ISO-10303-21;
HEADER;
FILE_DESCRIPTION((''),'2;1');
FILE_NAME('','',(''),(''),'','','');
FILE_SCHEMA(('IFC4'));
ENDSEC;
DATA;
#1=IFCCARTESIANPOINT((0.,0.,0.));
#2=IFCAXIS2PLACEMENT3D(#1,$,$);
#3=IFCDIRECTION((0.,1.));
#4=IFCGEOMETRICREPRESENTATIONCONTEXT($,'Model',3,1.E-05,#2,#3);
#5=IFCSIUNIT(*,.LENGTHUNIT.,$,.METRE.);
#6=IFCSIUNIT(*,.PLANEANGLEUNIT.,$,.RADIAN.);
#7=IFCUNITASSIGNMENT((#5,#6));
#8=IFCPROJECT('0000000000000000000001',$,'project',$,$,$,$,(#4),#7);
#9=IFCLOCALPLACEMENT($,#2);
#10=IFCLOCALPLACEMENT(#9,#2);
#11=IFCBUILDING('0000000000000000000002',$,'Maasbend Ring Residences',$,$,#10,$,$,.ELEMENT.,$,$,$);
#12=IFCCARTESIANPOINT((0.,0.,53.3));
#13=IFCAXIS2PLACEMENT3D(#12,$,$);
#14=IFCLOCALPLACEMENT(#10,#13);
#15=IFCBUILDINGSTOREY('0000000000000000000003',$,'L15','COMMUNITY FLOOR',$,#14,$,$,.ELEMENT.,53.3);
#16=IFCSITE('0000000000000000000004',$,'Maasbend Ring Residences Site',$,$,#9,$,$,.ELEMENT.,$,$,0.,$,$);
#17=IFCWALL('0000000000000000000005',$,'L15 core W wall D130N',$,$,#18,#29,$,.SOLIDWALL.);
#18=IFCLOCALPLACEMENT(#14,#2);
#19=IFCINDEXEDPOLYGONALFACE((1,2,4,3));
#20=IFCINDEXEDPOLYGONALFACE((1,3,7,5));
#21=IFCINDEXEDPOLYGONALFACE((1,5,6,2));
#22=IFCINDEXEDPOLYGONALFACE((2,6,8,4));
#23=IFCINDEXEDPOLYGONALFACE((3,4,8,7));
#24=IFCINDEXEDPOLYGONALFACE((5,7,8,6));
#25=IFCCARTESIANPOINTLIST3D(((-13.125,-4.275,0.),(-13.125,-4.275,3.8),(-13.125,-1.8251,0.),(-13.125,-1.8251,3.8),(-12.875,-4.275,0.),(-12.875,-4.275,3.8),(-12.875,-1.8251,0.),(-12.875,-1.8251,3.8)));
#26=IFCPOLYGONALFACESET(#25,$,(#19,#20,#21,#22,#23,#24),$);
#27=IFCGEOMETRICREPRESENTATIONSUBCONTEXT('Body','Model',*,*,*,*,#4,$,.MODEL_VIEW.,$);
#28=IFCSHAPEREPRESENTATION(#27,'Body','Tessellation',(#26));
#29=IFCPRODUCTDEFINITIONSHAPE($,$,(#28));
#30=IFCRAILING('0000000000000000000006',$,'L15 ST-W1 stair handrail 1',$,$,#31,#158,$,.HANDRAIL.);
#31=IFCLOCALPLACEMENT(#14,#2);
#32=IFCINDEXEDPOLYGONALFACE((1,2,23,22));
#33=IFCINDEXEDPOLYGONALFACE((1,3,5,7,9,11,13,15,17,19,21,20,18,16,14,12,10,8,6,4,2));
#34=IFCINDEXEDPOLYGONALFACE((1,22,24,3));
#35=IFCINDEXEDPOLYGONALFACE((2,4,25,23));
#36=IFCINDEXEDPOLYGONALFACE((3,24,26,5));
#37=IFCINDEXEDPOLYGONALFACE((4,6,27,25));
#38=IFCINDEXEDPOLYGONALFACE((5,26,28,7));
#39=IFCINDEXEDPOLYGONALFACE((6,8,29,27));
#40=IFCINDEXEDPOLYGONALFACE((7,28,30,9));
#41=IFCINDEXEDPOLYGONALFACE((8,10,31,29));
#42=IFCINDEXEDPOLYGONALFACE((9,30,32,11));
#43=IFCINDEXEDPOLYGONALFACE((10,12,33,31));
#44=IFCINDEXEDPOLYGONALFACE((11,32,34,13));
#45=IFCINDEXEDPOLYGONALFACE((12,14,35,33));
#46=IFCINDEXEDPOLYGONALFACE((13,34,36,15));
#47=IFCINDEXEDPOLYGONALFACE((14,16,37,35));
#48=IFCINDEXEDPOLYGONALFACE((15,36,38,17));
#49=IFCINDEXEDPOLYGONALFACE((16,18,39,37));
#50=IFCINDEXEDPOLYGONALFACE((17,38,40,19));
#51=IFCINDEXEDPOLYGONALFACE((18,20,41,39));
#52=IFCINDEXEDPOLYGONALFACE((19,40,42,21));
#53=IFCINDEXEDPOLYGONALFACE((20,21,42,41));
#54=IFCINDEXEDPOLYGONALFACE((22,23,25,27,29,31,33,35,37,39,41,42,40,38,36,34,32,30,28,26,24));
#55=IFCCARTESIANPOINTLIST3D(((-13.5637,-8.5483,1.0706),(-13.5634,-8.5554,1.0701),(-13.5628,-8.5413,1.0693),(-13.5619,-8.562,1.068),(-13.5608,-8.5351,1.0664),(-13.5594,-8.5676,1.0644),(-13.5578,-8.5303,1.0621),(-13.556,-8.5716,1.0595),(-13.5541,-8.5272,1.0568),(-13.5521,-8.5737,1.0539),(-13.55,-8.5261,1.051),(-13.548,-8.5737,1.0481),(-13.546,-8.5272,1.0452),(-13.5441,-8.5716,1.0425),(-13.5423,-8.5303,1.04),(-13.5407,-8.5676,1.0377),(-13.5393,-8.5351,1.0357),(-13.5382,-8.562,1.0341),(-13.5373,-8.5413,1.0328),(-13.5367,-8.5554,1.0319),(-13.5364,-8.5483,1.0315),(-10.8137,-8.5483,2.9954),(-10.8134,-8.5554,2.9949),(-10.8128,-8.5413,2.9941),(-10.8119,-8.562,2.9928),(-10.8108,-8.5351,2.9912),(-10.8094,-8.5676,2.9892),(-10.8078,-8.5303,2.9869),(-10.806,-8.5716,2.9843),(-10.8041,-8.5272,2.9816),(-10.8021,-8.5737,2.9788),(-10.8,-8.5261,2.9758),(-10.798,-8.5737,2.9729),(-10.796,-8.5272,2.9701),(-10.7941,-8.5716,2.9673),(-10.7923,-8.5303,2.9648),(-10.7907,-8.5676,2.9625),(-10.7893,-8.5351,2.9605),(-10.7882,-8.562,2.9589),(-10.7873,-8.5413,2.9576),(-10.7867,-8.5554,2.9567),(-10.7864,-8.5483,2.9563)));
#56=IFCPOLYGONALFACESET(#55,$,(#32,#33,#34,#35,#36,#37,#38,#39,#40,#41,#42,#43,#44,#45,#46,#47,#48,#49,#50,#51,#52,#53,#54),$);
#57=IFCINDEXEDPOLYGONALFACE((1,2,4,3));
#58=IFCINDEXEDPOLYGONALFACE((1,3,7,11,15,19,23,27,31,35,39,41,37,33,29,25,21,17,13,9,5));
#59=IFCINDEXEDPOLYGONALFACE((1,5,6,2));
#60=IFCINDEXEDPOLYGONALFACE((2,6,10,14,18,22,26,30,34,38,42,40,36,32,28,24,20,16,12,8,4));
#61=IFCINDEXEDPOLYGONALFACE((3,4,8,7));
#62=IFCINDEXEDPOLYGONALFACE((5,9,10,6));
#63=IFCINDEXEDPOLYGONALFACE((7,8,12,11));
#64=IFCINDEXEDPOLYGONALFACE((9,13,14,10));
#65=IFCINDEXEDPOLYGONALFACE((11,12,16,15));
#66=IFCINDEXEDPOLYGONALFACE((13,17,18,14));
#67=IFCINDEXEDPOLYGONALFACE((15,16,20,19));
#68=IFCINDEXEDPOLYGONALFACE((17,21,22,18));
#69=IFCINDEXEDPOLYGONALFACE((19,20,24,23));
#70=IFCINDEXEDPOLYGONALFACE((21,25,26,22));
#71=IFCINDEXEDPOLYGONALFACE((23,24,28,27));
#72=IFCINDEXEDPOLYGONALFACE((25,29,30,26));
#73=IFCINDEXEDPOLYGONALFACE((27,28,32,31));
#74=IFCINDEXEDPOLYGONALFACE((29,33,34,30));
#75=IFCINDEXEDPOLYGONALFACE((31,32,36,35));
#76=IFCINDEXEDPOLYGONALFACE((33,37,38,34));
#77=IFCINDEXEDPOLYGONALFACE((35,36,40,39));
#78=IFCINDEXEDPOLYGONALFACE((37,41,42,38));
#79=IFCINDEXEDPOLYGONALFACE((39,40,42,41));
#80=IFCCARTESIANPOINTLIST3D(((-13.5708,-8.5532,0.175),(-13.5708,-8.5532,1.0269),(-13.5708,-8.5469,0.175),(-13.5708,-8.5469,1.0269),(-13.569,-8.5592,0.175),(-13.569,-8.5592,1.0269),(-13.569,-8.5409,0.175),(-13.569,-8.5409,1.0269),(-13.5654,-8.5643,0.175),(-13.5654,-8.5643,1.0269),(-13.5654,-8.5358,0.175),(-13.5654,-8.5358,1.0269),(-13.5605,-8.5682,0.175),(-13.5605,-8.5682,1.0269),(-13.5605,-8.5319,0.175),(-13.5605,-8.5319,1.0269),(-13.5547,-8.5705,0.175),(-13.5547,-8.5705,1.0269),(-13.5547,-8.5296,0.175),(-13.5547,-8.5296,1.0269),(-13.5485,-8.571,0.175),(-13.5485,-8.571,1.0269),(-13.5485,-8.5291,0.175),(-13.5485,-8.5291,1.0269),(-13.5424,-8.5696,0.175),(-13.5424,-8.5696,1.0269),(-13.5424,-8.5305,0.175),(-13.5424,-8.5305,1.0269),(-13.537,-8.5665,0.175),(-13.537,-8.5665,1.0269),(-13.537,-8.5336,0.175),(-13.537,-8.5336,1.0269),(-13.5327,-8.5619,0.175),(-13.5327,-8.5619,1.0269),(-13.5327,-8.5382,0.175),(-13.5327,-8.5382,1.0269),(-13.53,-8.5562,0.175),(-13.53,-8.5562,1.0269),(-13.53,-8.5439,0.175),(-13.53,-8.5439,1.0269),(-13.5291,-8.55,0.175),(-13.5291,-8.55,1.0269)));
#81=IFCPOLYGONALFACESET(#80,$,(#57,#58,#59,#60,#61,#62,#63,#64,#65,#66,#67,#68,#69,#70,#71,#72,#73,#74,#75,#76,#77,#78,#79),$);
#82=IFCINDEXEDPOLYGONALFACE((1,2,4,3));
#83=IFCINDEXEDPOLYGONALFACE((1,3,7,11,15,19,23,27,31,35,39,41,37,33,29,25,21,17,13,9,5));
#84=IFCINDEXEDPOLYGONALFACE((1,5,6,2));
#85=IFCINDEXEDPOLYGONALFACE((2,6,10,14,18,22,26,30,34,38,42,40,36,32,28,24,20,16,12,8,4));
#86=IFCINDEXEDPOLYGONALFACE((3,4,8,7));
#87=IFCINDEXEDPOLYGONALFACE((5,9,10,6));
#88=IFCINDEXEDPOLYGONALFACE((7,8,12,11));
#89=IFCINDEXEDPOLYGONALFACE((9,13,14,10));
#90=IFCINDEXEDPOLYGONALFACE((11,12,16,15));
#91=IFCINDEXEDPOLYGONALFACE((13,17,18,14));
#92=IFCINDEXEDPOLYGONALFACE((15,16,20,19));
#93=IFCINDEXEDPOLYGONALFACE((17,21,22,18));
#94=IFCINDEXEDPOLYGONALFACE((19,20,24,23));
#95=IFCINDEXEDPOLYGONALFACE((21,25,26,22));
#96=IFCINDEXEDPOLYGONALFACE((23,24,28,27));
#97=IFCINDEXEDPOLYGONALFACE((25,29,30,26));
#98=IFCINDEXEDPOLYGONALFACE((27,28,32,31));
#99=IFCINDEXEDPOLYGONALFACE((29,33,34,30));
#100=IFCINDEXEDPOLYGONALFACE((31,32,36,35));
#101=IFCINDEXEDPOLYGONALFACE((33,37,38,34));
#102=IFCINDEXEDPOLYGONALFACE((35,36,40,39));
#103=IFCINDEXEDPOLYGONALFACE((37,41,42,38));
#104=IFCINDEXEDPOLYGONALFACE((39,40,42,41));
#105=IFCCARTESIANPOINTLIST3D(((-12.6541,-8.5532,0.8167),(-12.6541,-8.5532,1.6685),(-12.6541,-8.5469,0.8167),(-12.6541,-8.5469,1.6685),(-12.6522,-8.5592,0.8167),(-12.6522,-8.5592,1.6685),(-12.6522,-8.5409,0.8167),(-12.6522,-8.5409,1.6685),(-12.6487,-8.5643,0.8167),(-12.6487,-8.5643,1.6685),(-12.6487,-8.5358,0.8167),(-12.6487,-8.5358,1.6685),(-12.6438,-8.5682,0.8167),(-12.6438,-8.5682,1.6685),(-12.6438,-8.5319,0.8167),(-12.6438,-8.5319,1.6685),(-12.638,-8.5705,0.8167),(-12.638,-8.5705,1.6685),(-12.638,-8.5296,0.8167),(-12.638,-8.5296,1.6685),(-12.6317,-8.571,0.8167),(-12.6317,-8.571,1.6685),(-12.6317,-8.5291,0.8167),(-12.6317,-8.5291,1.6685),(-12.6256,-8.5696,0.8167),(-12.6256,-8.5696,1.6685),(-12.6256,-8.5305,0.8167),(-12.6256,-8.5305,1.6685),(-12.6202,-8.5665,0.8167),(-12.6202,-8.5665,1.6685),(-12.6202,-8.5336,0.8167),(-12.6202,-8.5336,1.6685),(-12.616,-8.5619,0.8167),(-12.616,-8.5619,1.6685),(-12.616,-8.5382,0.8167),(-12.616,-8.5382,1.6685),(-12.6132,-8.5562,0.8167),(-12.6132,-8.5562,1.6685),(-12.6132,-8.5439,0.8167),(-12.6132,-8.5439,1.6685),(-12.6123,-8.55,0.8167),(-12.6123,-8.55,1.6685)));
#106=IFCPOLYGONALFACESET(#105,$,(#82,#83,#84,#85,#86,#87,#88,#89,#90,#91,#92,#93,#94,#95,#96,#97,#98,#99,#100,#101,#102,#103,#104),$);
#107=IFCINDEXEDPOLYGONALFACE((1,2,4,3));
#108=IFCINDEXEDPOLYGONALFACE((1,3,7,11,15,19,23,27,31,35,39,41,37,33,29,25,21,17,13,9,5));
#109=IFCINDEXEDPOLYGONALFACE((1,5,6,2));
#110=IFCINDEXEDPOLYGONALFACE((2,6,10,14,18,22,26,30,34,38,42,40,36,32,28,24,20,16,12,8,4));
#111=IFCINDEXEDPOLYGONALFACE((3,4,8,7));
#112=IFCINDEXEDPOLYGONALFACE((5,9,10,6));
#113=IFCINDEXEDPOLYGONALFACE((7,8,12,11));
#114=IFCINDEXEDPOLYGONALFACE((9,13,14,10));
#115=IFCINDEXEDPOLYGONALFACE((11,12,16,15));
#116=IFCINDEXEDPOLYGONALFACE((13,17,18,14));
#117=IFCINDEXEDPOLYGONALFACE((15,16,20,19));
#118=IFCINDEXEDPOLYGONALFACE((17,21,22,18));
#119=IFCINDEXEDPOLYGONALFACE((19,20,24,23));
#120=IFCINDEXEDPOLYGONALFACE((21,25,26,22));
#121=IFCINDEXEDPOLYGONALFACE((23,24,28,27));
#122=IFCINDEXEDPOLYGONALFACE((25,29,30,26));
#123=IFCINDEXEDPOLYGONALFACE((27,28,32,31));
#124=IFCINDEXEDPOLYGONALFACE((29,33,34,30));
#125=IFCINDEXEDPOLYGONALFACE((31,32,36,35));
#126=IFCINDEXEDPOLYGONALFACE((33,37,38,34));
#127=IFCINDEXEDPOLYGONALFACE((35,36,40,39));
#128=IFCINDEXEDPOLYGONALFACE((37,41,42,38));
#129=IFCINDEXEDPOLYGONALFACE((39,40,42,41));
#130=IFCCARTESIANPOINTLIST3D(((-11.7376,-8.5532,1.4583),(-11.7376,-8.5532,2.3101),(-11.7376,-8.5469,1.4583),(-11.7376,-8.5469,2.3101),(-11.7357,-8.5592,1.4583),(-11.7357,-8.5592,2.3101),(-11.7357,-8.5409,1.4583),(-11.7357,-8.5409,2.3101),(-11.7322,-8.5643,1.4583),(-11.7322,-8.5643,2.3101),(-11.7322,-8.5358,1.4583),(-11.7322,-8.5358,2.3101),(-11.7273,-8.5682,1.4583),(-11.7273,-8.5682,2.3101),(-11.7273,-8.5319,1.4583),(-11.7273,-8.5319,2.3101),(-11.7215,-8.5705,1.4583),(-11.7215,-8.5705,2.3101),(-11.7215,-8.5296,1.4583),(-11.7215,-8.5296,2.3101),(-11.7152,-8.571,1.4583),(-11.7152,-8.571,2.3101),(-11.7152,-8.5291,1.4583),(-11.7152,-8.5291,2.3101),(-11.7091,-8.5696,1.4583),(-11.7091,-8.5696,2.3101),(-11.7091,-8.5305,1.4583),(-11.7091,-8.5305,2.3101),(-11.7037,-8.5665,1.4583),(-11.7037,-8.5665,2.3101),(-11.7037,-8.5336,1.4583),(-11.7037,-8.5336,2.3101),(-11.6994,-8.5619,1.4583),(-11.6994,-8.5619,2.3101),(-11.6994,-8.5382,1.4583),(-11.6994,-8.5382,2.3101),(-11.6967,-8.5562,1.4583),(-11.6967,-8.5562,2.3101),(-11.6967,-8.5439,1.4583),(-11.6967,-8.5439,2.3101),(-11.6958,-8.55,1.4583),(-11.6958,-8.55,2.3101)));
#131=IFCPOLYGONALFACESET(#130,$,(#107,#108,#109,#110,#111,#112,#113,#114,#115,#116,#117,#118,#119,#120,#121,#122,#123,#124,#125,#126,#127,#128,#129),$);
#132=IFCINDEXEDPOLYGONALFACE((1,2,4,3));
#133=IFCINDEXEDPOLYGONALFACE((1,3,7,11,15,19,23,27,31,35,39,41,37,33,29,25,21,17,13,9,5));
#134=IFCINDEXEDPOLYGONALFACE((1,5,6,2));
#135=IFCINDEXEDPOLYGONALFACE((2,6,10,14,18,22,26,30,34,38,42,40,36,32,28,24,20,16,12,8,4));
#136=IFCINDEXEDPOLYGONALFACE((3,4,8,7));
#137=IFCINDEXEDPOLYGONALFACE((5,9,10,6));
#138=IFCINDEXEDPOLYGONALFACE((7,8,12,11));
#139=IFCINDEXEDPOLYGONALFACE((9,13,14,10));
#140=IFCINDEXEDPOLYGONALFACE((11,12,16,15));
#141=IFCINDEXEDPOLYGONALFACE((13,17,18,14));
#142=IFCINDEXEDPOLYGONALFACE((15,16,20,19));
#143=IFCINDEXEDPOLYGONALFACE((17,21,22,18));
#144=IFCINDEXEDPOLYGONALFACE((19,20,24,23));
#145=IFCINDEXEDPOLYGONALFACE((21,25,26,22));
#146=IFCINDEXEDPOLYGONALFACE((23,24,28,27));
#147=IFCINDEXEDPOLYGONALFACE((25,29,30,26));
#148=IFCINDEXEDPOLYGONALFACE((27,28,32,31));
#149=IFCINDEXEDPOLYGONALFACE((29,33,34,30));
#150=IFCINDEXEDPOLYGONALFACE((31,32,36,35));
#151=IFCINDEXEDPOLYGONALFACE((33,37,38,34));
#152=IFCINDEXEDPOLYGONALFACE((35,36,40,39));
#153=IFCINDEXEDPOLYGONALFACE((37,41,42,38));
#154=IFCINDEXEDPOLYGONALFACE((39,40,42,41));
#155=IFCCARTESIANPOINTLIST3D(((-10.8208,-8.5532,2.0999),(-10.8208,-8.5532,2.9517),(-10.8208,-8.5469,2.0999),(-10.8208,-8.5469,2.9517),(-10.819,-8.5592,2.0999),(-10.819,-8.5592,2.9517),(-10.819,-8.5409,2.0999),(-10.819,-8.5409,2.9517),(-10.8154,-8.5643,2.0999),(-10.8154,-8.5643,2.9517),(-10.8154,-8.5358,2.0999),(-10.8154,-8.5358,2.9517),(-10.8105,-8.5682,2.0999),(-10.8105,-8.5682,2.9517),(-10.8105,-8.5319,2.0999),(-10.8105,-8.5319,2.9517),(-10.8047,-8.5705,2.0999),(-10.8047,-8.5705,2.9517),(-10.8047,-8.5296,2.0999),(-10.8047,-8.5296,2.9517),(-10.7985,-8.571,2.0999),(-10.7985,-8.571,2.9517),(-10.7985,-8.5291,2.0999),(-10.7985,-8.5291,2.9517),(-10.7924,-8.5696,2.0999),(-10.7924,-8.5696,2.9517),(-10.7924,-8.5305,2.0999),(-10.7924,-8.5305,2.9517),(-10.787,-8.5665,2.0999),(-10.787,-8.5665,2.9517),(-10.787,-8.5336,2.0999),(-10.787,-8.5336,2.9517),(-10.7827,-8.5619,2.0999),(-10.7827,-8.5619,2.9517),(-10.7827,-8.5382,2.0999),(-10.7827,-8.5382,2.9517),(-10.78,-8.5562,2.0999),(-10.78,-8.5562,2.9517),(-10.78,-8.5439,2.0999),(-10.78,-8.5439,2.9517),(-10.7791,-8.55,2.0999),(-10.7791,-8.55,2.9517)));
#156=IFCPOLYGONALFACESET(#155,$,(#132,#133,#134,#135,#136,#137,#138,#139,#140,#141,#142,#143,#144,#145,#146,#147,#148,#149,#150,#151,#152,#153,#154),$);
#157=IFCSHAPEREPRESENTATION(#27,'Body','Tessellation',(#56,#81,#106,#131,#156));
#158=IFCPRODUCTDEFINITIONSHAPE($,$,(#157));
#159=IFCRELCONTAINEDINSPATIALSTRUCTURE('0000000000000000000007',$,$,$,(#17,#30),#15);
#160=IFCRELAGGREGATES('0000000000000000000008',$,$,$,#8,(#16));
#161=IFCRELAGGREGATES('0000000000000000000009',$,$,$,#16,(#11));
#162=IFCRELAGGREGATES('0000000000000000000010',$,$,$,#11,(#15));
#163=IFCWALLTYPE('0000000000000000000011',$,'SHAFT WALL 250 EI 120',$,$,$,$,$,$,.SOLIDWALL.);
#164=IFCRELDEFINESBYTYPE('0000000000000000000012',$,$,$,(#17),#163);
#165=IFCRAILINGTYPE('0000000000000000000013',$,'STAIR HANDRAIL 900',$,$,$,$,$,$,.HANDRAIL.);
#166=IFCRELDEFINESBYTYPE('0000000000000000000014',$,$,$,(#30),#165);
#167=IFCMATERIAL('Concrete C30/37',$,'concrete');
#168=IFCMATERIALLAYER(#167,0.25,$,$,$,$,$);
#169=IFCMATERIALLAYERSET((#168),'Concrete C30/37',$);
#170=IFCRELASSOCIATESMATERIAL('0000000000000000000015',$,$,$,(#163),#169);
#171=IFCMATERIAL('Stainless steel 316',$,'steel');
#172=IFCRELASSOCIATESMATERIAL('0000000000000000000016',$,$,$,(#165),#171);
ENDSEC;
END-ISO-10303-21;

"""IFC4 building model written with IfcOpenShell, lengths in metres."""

from ifc_helpers import new_model, si_unit, direction, frame, frame_2d, origin, origin_2d, place, context, subcontext, project, spatial, rectangle, circle, extrude, material, layer, layer_set, type_object, element, save


model = new_model("IFC4")

# Units and contexts
model_context = context("Model", 3, precision=1e-05, world=origin(), true_north=direction((0.0, 1.0)))
body_context = subcontext(model_context, "Body", "Model", "MODEL_VIEW")
ifc_project = project(units=[si_unit("LENGTHUNIT", "METRE"), si_unit("PLANEANGLEUNIT", "RADIAN")], contexts=[model_context])

# Site, building, storey
site_placement = place(None, origin())
site = spatial("IfcSite", under=ifc_project, at=site_placement, Name="Maasbend Ring Residences Site", CompositionType="ELEMENT", RefElevation=0.0)
building_placement = place(site_placement, origin())
building = spatial("IfcBuilding", under=site, at=building_placement, Name="Maasbend Ring Residences", CompositionType="ELEMENT")
storey_placement = place(building_placement, frame((0.0, 0.0, 53.3)))
storey = spatial("IfcBuildingStorey", under=building, at=storey_placement, Name="L15", Description="COMMUNITY FLOOR", CompositionType="ELEMENT", Elevation=53.3)

# Wall
ifc_material_1 = material(Name="Concrete C30/37", Category="concrete")
ifc_layer_1 = layer(ifc_material_1, 0.25)
ifc_layer_set_1 = layer_set([ifc_layer_1], Name="Concrete C30/37")
wall_type_1 = type_object("IfcWallType", Name="SHAFT WALL 250 EI 120", PredefinedType="SOLIDWALL", material=ifc_layer_set_1)
for number, where, z_axis, x_axis, name in (
    (1, (-13.0, -1.825, 0.0), (0.0, 0.0, 1.0), (0.0, -1.0, 0.0), "L15 core W wall D130N"),
):
    element("IfcWall", number, at=place(storey_placement, frame(where, z_axis=z_axis, x_axis=x_axis)), inside=storey, type_object=wall_type_1, Name=name, PredefinedType="SOLIDWALL", context=body_context, shape_type="SweptSolid", body=[
        extrude(rectangle(XDim=2.45, YDim=0.25, at=frame_2d((1.2251, 0.0))), origin(), (0.0, 0.0, 1.0), 3.8),
    ])

# Railing
ifc_material_2 = material(Name="Stainless steel 316", Category="steel")
railing_type_1 = type_object("IfcRailingType", Name="STAIR HANDRAIL 900", PredefinedType="HANDRAIL", material=ifc_material_2)
railing_1_placement = place(storey_placement, frame((-13.55, -8.55, 0.175)))
element("IfcRailing", 2, at=railing_1_placement, inside=storey, type_object=railing_type_1, Name="L15 ST-W1 stair handrail 1", PredefinedType="HANDRAIL", context=body_context, shape_type="SweptSolid", body=[
    extrude(circle(Radius=0.0239, at=origin_2d()), frame((0.0, 0.0, 0.876), z_axis=(0.819259, 0.0, 0.573423), x_axis=(0.0, 1.0, 0.0)), (0.0, 0.0, 1.0), 3.3567),
    extrude(circle(Radius=0.021, at=origin_2d()), origin(), (0.0, 0.0, 1.0), 0.8518),
    extrude(circle(Radius=0.021, at=origin_2d()), frame((0.9167, 0.0, 0.6416)), (0.0, 0.0, 1.0), 0.8518),
    extrude(circle(Radius=0.021, at=origin_2d()), frame((1.8333, 0.0, 1.2832)), (0.0, 0.0, 1.0), 0.8518),
    extrude(circle(Radius=0.021, at=origin_2d()), frame((2.75, 0.0, 1.9248)), (0.0, 0.0, 1.0), 0.8518),
])

save(model, "model.ifc")
